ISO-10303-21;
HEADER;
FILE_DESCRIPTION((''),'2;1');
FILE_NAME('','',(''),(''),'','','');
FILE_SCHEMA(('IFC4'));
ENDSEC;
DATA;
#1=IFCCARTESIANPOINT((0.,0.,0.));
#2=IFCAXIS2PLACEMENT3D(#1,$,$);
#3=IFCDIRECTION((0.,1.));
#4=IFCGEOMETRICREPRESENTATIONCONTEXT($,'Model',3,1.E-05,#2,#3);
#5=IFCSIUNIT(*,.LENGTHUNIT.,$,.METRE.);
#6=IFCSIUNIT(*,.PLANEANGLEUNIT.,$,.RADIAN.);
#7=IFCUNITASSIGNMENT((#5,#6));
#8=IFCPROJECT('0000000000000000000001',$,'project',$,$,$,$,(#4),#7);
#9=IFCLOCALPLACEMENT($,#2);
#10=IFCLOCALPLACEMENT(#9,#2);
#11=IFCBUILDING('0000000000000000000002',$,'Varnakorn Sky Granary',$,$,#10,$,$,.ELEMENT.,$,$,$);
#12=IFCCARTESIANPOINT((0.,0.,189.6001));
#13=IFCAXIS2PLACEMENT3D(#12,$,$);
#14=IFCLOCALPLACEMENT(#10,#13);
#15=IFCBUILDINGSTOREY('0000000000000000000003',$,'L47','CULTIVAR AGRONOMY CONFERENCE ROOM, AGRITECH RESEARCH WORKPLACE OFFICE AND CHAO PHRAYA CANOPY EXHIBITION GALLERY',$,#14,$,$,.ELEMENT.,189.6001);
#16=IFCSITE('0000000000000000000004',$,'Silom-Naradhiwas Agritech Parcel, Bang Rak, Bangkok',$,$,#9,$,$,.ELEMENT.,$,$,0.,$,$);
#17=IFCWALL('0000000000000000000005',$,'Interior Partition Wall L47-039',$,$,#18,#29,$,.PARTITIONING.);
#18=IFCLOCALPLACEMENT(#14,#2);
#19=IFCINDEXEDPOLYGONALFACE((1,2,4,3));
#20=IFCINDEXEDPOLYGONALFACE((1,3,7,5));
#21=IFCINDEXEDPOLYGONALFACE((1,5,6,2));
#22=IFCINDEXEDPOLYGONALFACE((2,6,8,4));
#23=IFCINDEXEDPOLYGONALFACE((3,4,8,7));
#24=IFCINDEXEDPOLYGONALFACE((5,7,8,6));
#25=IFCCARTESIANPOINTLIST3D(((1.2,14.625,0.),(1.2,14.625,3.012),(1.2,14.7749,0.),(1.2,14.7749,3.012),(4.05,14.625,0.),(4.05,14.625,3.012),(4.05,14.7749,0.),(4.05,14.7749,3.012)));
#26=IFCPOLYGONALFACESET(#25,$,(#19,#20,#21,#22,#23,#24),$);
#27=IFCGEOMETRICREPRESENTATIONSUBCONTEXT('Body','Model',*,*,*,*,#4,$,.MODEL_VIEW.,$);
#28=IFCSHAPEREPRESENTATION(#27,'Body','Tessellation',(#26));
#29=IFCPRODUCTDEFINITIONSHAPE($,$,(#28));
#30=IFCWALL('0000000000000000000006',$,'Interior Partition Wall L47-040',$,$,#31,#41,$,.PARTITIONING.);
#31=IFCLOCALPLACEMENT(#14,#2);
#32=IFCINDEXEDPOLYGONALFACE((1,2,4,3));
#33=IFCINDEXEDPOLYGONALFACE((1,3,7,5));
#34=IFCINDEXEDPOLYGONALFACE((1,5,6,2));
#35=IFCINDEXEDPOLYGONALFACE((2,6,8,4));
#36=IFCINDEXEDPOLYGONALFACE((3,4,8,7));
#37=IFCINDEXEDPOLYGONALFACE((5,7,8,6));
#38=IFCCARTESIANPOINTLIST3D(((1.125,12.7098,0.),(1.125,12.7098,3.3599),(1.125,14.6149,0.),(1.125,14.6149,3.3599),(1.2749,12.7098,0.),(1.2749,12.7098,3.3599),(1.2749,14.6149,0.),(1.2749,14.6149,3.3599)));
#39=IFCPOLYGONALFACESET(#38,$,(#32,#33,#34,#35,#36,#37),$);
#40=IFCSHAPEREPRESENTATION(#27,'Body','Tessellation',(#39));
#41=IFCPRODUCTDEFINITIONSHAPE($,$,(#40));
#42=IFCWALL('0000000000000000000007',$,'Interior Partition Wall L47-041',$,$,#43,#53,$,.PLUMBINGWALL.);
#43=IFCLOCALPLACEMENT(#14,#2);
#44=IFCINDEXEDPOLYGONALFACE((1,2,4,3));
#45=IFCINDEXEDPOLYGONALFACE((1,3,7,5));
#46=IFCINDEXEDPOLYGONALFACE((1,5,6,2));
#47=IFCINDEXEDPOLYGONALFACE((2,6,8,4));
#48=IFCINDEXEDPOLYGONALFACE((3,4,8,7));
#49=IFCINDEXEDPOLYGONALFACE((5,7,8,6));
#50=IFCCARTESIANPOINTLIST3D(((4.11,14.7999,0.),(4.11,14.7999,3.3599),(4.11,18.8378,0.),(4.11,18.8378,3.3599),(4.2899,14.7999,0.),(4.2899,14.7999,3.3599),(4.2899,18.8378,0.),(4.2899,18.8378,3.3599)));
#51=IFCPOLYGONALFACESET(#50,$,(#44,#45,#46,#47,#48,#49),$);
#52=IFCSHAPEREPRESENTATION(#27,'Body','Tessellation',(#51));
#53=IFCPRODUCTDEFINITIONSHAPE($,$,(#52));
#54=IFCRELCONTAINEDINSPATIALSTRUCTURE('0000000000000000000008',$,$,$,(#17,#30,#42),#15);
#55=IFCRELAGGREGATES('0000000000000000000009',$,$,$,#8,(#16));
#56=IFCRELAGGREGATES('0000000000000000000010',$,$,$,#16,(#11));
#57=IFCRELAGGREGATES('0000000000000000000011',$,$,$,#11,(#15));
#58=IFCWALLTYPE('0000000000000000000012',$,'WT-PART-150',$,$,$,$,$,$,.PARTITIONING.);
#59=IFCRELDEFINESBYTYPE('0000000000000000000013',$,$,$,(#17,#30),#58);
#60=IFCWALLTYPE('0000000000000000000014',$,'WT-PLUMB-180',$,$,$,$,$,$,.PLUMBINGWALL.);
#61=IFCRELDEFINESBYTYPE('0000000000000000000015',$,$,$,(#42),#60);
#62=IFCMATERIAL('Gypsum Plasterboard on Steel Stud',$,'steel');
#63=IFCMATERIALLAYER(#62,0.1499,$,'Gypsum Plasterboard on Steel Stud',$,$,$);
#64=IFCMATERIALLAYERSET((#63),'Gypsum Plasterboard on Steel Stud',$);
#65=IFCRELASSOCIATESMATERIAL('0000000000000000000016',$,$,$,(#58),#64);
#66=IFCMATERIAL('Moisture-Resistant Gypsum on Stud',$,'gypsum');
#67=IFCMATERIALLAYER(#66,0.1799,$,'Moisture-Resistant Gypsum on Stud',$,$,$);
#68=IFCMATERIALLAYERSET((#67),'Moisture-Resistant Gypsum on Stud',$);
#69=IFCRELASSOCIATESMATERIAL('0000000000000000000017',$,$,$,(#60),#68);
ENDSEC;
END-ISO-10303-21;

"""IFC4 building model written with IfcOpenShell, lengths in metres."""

from ifc_helpers import new_model, si_unit, direction, frame, frame_2d, origin, place, context, subcontext, project, spatial, rectangle, extrude, material, layer, layer_set, type_object, element, save


model = new_model("IFC4")

# Units and contexts
model_context = context("Model", 3, precision=1e-05, world=origin(), true_north=direction((0.0, 1.0)))
body_context = subcontext(model_context, "Body", "Model", "MODEL_VIEW")
ifc_project = project(units=[si_unit("LENGTHUNIT", "METRE"), si_unit("PLANEANGLEUNIT", "RADIAN")], contexts=[model_context])

# Site, building, storey
site_placement = place(None, origin())
site = spatial("IfcSite", under=ifc_project, at=site_placement, Name="Silom-Naradhiwas Agritech Parcel, Bang Rak, Bangkok", CompositionType="ELEMENT", RefElevation=0.0)
building_placement = place(site_placement, origin())
building = spatial("IfcBuilding", under=site, at=building_placement, Name="Varnakorn Sky Granary", CompositionType="ELEMENT")
storey_placement = place(building_placement, frame((0.0, 0.0, 189.6001)))
storey = spatial("IfcBuildingStorey", under=building, at=storey_placement, Name="L47", Description="CULTIVAR AGRONOMY CONFERENCE ROOM, AGRITECH RESEARCH WORKPLACE OFFICE AND CHAO PHRAYA CANOPY EXHIBITION GALLERY", CompositionType="ELEMENT", Elevation=189.6001)

# Walls
ifc_material_1 = material(Name="Gypsum Plasterboard on Steel Stud", Category="steel")
ifc_layer_1 = layer(ifc_material_1, 0.1499, Name="Gypsum Plasterboard on Steel Stud")
ifc_layer_set_1 = layer_set([ifc_layer_1], Name="Gypsum Plasterboard on Steel Stud")
wall_type_1 = type_object("IfcWallType", Name="WT-PART-150", PredefinedType="PARTITIONING", material=ifc_layer_set_1)
wall_1_placement = place(storey_placement, frame((4.05, 14.7, 0.0), z_axis=(0.0, 0.0, 1.0), x_axis=(-1.0, 0.0, 0.0)))
element("IfcWall", 1, at=wall_1_placement, inside=storey, type_object=wall_type_1, Name="Interior Partition Wall L47-039", PredefinedType="PARTITIONING", context=body_context, shape_type="SweptSolid", body=[
    extrude(rectangle(XDim=2.8501, YDim=0.1499, at=frame_2d((1.425, 0.0))), origin(), (0.0, 0.0, 1.0), 3.012),
])
wall_2_placement = place(storey_placement, frame((1.2, 14.615, 0.0), z_axis=(0.0, 0.0, 1.0), x_axis=(0.0, -1.0, 0.0)))
element("IfcWall", 2, at=wall_2_placement, inside=storey, type_object=wall_type_1, Name="Interior Partition Wall L47-040", PredefinedType="PARTITIONING", context=body_context, shape_type="SweptSolid", body=[
    extrude(rectangle(XDim=1.905, YDim=0.1499, at=frame_2d((0.9526, 0.0))), origin(), (0.0, 0.0, 1.0), 3.3599),
])
ifc_material_2 = material(Name="Moisture-Resistant Gypsum on Stud", Category="gypsum")
ifc_layer_2 = layer(ifc_material_2, 0.1799, Name="Moisture-Resistant Gypsum on Stud")
ifc_layer_set_2 = layer_set([ifc_layer_2], Name="Moisture-Resistant Gypsum on Stud")
wall_type_2 = type_object("IfcWallType", Name="WT-PLUMB-180", PredefinedType="PLUMBINGWALL", material=ifc_layer_set_2)
wall_3_placement = place(storey_placement, frame((4.2, 18.8379, 0.0), z_axis=(0.0, 0.0, 1.0), x_axis=(0.0, -1.0, 0.0)))
element("IfcWall", 3, at=wall_3_placement, inside=storey, type_object=wall_type_2, Name="Interior Partition Wall L47-041", PredefinedType="PLUMBINGWALL", context=body_context, shape_type="SweptSolid", body=[
    extrude(rectangle(XDim=4.0378, YDim=0.1799, at=frame_2d((2.019, 0.0))), origin(), (0.0, 0.0, 1.0), 3.3599),
])

save(model, "model.ifc")
